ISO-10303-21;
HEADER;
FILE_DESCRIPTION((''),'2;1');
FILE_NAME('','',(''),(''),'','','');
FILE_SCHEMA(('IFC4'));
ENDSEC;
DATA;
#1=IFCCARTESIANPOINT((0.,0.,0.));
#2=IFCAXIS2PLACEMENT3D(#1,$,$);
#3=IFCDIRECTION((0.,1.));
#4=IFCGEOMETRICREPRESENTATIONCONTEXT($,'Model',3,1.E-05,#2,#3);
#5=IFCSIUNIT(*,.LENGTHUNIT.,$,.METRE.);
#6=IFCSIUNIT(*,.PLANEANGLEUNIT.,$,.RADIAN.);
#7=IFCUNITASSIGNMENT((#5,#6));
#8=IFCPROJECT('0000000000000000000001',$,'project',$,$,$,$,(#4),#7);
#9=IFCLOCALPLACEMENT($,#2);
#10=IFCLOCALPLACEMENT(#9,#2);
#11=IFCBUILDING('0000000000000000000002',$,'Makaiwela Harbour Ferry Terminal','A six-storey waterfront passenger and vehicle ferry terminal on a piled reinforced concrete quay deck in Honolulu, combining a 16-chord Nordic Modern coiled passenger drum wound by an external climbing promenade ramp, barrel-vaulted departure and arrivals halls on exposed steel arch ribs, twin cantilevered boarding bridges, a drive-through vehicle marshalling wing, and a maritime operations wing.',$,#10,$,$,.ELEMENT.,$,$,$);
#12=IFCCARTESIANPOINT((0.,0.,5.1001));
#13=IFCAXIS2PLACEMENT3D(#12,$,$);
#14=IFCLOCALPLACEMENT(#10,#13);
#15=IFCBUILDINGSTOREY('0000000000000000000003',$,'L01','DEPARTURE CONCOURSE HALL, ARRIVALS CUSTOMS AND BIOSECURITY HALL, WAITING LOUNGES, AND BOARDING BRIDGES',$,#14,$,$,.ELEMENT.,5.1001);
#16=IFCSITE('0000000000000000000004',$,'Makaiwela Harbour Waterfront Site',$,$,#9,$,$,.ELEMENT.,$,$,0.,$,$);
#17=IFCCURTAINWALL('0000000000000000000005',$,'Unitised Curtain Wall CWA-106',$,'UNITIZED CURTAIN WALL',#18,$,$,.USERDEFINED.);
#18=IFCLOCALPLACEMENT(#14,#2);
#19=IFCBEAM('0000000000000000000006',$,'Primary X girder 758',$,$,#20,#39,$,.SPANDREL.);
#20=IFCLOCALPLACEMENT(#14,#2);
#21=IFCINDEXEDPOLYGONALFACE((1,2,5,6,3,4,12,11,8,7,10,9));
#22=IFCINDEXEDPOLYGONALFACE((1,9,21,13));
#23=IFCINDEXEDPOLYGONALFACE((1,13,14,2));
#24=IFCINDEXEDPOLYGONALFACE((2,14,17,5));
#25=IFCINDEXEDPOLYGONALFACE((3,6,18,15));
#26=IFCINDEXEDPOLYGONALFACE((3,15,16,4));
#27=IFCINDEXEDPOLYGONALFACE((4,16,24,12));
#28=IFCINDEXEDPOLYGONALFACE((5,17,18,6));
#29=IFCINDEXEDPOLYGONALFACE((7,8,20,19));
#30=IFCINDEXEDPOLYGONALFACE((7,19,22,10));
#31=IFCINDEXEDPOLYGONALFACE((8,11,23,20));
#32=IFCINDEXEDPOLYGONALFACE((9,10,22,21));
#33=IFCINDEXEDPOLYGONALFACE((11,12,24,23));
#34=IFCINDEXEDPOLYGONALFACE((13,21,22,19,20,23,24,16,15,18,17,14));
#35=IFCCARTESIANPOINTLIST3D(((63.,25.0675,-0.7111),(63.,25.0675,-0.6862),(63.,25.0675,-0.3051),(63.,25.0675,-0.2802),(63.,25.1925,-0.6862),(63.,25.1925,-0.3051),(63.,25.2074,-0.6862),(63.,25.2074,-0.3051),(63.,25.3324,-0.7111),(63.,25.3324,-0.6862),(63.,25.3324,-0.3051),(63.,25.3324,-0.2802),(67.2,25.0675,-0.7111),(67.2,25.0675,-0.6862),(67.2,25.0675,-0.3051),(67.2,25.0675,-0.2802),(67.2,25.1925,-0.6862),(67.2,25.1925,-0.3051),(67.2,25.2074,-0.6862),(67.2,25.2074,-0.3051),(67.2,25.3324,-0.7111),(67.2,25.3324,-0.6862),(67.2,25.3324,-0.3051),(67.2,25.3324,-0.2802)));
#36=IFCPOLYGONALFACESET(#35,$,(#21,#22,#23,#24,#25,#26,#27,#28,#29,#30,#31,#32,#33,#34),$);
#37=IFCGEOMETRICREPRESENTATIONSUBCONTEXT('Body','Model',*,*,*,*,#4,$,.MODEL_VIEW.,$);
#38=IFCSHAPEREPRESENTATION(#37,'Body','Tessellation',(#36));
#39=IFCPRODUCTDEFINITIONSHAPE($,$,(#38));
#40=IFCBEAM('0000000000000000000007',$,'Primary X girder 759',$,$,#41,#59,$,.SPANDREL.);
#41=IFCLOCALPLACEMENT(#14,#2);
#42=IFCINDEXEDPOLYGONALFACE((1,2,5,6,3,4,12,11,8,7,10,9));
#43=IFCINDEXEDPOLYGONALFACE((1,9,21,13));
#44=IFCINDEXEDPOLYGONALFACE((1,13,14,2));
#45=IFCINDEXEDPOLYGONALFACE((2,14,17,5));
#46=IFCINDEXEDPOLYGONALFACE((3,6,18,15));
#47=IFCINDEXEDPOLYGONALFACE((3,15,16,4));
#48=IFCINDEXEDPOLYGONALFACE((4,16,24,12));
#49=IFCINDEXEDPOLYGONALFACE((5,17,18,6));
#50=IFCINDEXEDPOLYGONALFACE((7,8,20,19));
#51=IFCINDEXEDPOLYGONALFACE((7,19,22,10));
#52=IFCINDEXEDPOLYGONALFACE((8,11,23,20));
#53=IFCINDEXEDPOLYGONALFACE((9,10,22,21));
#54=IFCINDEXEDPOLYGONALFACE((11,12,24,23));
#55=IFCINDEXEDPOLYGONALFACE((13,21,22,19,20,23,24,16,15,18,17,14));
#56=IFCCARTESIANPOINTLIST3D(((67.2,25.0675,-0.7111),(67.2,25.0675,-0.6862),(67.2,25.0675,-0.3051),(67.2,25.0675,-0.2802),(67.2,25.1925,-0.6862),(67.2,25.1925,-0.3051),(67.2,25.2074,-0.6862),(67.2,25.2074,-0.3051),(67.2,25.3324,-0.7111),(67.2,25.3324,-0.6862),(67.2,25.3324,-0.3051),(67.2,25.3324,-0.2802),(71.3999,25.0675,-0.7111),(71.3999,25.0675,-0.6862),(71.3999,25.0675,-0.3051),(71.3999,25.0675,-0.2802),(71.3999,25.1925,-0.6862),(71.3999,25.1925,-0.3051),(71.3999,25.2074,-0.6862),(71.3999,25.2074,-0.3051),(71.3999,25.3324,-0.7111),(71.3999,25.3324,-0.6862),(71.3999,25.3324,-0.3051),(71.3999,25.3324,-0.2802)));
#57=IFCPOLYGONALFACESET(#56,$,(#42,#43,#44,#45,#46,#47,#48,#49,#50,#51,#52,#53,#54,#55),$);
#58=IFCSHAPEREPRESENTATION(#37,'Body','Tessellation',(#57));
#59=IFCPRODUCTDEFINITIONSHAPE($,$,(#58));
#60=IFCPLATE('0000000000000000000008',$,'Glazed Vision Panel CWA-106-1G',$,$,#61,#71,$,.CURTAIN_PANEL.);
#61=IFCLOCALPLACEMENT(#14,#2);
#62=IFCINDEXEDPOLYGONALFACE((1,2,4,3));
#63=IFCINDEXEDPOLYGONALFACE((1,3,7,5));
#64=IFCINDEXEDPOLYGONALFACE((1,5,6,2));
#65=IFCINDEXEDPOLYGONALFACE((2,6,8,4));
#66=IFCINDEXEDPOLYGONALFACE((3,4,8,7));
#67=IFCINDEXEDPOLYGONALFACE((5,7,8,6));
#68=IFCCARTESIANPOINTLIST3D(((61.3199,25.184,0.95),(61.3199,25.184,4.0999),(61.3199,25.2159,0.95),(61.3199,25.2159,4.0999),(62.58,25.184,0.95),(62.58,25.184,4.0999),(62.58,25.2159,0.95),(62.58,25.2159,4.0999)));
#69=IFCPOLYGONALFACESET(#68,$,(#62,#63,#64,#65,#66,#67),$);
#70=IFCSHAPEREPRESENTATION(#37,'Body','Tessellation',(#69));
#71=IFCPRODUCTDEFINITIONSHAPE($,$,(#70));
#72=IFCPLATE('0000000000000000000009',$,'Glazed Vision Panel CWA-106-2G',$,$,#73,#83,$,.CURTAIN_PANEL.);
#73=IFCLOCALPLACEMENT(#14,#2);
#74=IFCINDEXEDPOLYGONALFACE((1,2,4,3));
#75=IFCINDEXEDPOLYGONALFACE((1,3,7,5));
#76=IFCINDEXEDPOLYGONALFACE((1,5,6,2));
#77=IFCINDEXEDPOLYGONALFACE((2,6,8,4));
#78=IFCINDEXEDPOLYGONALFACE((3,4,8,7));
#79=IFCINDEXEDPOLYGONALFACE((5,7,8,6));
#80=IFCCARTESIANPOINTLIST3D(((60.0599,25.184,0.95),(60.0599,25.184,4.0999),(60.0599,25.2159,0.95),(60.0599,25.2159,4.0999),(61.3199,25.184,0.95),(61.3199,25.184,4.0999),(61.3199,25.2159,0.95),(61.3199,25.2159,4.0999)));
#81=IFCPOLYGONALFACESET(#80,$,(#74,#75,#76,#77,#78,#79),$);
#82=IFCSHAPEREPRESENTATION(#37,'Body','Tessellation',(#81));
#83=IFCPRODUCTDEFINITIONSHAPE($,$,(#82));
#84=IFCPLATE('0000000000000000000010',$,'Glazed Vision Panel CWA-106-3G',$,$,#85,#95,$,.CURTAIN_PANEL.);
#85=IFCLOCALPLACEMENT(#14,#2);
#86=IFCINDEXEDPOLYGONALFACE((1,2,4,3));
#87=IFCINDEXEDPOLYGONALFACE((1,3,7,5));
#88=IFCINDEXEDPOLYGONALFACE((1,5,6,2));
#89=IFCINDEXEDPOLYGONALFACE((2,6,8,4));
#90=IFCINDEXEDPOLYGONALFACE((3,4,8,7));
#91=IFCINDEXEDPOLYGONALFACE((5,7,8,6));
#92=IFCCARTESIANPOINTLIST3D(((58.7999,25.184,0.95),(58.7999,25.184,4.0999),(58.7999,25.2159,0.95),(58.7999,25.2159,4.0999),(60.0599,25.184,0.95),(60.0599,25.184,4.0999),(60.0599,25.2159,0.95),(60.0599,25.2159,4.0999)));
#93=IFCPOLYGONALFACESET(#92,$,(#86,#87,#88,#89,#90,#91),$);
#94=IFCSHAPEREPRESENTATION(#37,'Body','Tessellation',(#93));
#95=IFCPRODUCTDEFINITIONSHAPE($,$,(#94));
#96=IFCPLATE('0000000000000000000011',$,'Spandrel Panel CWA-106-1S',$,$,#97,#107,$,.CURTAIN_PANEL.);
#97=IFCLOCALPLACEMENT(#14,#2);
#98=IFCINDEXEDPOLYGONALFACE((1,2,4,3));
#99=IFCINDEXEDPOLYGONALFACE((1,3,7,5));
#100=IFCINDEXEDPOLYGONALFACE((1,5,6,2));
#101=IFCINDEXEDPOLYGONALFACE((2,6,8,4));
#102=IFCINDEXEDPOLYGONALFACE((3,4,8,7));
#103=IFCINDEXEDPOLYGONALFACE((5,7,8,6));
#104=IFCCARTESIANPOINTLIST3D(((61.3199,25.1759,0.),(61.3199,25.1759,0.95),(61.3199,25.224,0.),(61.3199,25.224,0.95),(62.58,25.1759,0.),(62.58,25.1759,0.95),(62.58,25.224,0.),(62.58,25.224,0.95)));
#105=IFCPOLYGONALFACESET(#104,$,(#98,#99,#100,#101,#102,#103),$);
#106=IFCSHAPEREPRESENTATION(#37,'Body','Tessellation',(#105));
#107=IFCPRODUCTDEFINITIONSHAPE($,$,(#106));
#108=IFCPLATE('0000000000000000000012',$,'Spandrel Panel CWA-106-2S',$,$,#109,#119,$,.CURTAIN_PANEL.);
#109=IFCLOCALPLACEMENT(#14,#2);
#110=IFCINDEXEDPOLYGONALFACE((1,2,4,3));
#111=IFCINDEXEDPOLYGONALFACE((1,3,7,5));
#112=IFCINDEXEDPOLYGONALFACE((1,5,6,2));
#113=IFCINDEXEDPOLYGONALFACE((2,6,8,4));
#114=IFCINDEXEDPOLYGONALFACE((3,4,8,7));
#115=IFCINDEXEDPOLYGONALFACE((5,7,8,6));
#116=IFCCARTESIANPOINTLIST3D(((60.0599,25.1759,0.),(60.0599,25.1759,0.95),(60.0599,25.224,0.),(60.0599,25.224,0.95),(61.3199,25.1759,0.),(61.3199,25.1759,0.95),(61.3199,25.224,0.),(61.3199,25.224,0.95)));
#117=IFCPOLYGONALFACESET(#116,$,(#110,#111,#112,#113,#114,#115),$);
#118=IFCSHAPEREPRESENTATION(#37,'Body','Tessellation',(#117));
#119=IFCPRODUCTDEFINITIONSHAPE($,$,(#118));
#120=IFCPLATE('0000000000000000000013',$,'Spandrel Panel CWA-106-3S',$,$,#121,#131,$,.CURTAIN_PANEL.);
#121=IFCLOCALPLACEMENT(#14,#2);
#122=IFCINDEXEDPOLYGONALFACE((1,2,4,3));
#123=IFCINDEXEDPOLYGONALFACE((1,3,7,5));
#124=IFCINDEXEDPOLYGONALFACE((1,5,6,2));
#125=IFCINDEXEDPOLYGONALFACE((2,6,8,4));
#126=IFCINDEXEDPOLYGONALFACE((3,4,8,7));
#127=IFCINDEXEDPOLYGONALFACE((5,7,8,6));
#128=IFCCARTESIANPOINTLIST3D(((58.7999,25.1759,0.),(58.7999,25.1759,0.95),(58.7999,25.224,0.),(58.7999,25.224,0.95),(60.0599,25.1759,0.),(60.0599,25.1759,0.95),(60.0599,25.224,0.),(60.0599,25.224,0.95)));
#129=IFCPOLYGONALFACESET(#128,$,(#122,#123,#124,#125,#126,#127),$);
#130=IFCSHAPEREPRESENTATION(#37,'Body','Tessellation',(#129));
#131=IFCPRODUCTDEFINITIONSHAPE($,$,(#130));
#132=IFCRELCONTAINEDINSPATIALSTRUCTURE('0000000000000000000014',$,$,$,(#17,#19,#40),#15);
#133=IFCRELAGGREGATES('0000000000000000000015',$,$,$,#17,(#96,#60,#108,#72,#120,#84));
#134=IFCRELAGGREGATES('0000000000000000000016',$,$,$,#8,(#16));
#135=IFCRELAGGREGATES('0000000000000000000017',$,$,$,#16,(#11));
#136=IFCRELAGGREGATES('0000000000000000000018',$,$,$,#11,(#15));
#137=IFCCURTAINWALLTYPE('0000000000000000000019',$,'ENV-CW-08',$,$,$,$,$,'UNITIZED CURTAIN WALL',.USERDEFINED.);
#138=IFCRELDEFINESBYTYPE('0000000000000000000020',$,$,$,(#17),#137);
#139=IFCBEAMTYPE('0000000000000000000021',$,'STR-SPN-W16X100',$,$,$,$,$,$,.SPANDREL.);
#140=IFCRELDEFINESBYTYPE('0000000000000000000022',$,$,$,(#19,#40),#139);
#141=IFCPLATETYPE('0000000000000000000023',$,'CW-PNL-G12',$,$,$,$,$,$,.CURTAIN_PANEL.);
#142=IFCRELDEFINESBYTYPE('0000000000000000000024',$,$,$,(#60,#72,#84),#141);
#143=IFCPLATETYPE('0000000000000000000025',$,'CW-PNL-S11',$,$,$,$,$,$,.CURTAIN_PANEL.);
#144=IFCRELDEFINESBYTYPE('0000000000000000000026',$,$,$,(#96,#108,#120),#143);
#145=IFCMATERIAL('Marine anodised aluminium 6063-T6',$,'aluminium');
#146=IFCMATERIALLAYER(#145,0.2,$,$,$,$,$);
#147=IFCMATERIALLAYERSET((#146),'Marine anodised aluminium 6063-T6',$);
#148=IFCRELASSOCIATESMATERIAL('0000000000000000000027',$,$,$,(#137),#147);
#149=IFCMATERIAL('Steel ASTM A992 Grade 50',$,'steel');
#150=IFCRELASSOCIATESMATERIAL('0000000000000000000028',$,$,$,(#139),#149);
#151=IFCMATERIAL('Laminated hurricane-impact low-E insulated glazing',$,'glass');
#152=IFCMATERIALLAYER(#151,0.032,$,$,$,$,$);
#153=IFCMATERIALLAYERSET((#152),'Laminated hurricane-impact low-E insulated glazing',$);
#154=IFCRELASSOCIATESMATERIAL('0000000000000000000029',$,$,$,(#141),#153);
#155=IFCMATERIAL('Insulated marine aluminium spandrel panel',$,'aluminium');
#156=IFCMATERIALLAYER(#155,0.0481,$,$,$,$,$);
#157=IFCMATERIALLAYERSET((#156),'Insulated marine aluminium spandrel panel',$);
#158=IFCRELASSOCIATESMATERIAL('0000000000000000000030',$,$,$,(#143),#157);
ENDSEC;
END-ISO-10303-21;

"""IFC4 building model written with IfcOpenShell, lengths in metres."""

from ifc_helpers import new_model, si_unit, direction, frame, origin, origin_2d, place, context, subcontext, project, spatial, rectangle, i_section, extrude, material, layer, layer_set, material_profile, profile_set, type_object, element, aggregate, save


model = new_model("IFC4")

# Units and contexts
model_context = context("Model", 3, precision=1e-05, world=origin(), true_north=direction((0.0, 1.0)))
body_context = subcontext(model_context, "Body", "Model", "MODEL_VIEW")
ifc_project = project(units=[si_unit("LENGTHUNIT", "METRE"), si_unit("PLANEANGLEUNIT", "RADIAN")], contexts=[model_context])

# Site, building, storey
site_placement = place(None, origin())
site = spatial("IfcSite", under=ifc_project, at=site_placement, Name="Makaiwela Harbour Waterfront Site", CompositionType="ELEMENT", RefElevation=0.0)
building_placement = place(site_placement, origin())
building = spatial("IfcBuilding", under=site, at=building_placement, Name="Makaiwela Harbour Ferry Terminal", Description="A six-storey waterfront passenger and vehicle ferry terminal on a piled reinforced concrete quay deck in Honolulu, combining a 16-chord Nordic Modern coiled passenger drum wound by an external climbing promenade ramp, barrel-vaulted departure and arrivals halls on exposed steel arch ribs, twin cantilevered boarding bridges, a drive-through vehicle marshalling wing, and a maritime operations wing.", CompositionType="ELEMENT")
storey_placement = place(building_placement, frame((0.0, 0.0, 5.1001)))
storey = spatial("IfcBuildingStorey", under=building, at=storey_placement, Name="L01", Description="DEPARTURE CONCOURSE HALL, ARRIVALS CUSTOMS AND BIOSECURITY HALL, WAITING LOUNGES, AND BOARDING BRIDGES", CompositionType="ELEMENT", Elevation=5.1001)

# Shared definitions
ifc_material_1 = material(Name="Steel ASTM A992 Grade 50", Category="steel")

# Curtain wall
ifc_material_2 = material(Name="Marine anodised aluminium 6063-T6", Category="aluminium")
ifc_layer_1 = layer(ifc_material_2, 0.2)
ifc_layer_set_1 = layer_set([ifc_layer_1], Name="Marine anodised aluminium 6063-T6")
curtain_wall_type = type_object("IfcCurtainWallType", Name="ENV-CW-08", ElementType="UNITIZED CURTAIN WALL", PredefinedType="USERDEFINED", material=ifc_layer_set_1)
curtain_wall_placement = place(storey_placement, origin())
curtain_wall = element("IfcCurtainWall", 1, at=curtain_wall_placement, inside=storey, type_object=curtain_wall_type, Name="Unitised Curtain Wall CWA-106", ObjectType="UNITIZED CURTAIN WALL", PredefinedType="USERDEFINED")

# Beams
ifc_material_profile_1 = material_profile(ifc_material_1, i_section(OverallWidth=0.2649, OverallDepth=0.4309, WebThickness=0.0149, FlangeThickness=0.0249, at=origin_2d()), Name="W16X100")
ifc_profile_set_1 = profile_set([ifc_material_profile_1], Name="Steel ASTM A992 Grade 50")
beam_type_1 = type_object("IfcBeamType", Name="STR-SPN-W16X100", PredefinedType="SPANDREL", material=ifc_profile_set_1)
for number, where, z_axis, x_axis, name in (
    (2, (63.0, 25.2, -0.4956), (1.0, 0.0, 0.0), (0.0, 1.0, 0.0), "Primary X girder 758"),
    (3, (67.2, 25.2, -0.4956), (1.0, 0.0, 0.0), (0.0, 1.0, 0.0), "Primary X girder 759"),
):
    element("IfcBeam", number, at=place(storey_placement, frame(where, z_axis=z_axis, x_axis=x_axis)), inside=storey, type_object=beam_type_1, Name=name, PredefinedType="SPANDREL", context=body_context, shape_type="SweptSolid", body=[
        extrude(i_section(OverallWidth=0.2649, OverallDepth=0.4309, WebThickness=0.0149, FlangeThickness=0.0249, at=origin_2d()), origin(), (0.0, 0.0, 1.0), 4.2),
    ])

# Plates
ifc_material_3 = material(Name="Laminated hurricane-impact low-E insulated glazing", Category="glass")
ifc_layer_2 = layer(ifc_material_3, 0.032)
ifc_layer_set_2 = layer_set([ifc_layer_2], Name="Laminated hurricane-impact low-E insulated glazing")
plate_type_1 = type_object("IfcPlateType", Name="CW-PNL-G12", PredefinedType="CURTAIN_PANEL", material=ifc_layer_set_2)
plate_1_placement = place(storey_placement, frame((61.95, 25.2, 0.95), z_axis=(0.0, 0.0, 1.0), x_axis=(-1.0, 0.0, 0.0)))
plate_1 = element("IfcPlate", 4, at=plate_1_placement, type_object=plate_type_1, Name="Glazed Vision Panel CWA-106-1G", PredefinedType="CURTAIN_PANEL", context=body_context, shape_type="SweptSolid", body=[
    extrude(rectangle(XDim=1.26, YDim=0.032, at=origin_2d()), origin(), (0.0, 0.0, 1.0), 3.1499),
])
plate_2_placement = place(storey_placement, frame((60.6899, 25.2, 0.95), z_axis=(0.0, 0.0, 1.0), x_axis=(-1.0, 0.0, 0.0)))
plate_2 = element("IfcPlate", 5, at=plate_2_placement, type_object=plate_type_1, Name="Glazed Vision Panel CWA-106-2G", PredefinedType="CURTAIN_PANEL", context=body_context, shape_type="SweptSolid", body=[
    extrude(rectangle(XDim=1.26, YDim=0.032, at=origin_2d()), origin(), (0.0, 0.0, 1.0), 3.1499),
])
plate_3_placement = place(storey_placement, frame((59.4299, 25.2, 0.95), z_axis=(0.0, 0.0, 1.0), x_axis=(-1.0, 0.0, 0.0)))
plate_3 = element("IfcPlate", 6, at=plate_3_placement, type_object=plate_type_1, Name="Glazed Vision Panel CWA-106-3G", PredefinedType="CURTAIN_PANEL", context=body_context, shape_type="SweptSolid", body=[
    extrude(rectangle(XDim=1.26, YDim=0.032, at=origin_2d()), origin(), (0.0, 0.0, 1.0), 3.1499),
])
ifc_material_4 = material(Name="Insulated marine aluminium spandrel panel", Category="aluminium")
ifc_layer_3 = layer(ifc_material_4, 0.0481)
ifc_layer_set_3 = layer_set([ifc_layer_3], Name="Insulated marine aluminium spandrel panel")
plate_type_2 = type_object("IfcPlateType", Name="CW-PNL-S11", PredefinedType="CURTAIN_PANEL", material=ifc_layer_set_3)
plate_4_placement = place(storey_placement, frame((61.95, 25.2, 0.0), z_axis=(0.0, 0.0, 1.0), x_axis=(-1.0, 0.0, 0.0)))
plate_4 = element("IfcPlate", 7, at=plate_4_placement, type_object=plate_type_2, Name="Spandrel Panel CWA-106-1S", PredefinedType="CURTAIN_PANEL", context=body_context, shape_type="SweptSolid", body=[
    extrude(rectangle(XDim=1.26, YDim=0.0481, at=origin_2d()), origin(), (0.0, 0.0, 1.0), 0.95),
])
plate_5_placement = place(storey_placement, frame((60.6899, 25.2, 0.0), z_axis=(0.0, 0.0, 1.0), x_axis=(-1.0, 0.0, 0.0)))
plate_5 = element("IfcPlate", 8, at=plate_5_placement, type_object=plate_type_2, Name="Spandrel Panel CWA-106-2S", PredefinedType="CURTAIN_PANEL", context=body_context, shape_type="SweptSolid", body=[
    extrude(rectangle(XDim=1.26, YDim=0.0481, at=origin_2d()), origin(), (0.0, 0.0, 1.0), 0.95),
])
plate_6_placement = place(storey_placement, frame((59.4299, 25.2, 0.0), z_axis=(0.0, 0.0, 1.0), x_axis=(-1.0, 0.0, 0.0)))
plate_6 = element("IfcPlate", 9, at=plate_6_placement, type_object=plate_type_2, Name="Spandrel Panel CWA-106-3S", PredefinedType="CURTAIN_PANEL", context=body_context, shape_type="SweptSolid", body=[
    extrude(rectangle(XDim=1.26, YDim=0.0481, at=origin_2d()), origin(), (0.0, 0.0, 1.0), 0.95),
])
aggregate(curtain_wall, [plate_4, plate_1, plate_5, plate_2, plate_6, plate_3])

save(model, "model.ifc")
